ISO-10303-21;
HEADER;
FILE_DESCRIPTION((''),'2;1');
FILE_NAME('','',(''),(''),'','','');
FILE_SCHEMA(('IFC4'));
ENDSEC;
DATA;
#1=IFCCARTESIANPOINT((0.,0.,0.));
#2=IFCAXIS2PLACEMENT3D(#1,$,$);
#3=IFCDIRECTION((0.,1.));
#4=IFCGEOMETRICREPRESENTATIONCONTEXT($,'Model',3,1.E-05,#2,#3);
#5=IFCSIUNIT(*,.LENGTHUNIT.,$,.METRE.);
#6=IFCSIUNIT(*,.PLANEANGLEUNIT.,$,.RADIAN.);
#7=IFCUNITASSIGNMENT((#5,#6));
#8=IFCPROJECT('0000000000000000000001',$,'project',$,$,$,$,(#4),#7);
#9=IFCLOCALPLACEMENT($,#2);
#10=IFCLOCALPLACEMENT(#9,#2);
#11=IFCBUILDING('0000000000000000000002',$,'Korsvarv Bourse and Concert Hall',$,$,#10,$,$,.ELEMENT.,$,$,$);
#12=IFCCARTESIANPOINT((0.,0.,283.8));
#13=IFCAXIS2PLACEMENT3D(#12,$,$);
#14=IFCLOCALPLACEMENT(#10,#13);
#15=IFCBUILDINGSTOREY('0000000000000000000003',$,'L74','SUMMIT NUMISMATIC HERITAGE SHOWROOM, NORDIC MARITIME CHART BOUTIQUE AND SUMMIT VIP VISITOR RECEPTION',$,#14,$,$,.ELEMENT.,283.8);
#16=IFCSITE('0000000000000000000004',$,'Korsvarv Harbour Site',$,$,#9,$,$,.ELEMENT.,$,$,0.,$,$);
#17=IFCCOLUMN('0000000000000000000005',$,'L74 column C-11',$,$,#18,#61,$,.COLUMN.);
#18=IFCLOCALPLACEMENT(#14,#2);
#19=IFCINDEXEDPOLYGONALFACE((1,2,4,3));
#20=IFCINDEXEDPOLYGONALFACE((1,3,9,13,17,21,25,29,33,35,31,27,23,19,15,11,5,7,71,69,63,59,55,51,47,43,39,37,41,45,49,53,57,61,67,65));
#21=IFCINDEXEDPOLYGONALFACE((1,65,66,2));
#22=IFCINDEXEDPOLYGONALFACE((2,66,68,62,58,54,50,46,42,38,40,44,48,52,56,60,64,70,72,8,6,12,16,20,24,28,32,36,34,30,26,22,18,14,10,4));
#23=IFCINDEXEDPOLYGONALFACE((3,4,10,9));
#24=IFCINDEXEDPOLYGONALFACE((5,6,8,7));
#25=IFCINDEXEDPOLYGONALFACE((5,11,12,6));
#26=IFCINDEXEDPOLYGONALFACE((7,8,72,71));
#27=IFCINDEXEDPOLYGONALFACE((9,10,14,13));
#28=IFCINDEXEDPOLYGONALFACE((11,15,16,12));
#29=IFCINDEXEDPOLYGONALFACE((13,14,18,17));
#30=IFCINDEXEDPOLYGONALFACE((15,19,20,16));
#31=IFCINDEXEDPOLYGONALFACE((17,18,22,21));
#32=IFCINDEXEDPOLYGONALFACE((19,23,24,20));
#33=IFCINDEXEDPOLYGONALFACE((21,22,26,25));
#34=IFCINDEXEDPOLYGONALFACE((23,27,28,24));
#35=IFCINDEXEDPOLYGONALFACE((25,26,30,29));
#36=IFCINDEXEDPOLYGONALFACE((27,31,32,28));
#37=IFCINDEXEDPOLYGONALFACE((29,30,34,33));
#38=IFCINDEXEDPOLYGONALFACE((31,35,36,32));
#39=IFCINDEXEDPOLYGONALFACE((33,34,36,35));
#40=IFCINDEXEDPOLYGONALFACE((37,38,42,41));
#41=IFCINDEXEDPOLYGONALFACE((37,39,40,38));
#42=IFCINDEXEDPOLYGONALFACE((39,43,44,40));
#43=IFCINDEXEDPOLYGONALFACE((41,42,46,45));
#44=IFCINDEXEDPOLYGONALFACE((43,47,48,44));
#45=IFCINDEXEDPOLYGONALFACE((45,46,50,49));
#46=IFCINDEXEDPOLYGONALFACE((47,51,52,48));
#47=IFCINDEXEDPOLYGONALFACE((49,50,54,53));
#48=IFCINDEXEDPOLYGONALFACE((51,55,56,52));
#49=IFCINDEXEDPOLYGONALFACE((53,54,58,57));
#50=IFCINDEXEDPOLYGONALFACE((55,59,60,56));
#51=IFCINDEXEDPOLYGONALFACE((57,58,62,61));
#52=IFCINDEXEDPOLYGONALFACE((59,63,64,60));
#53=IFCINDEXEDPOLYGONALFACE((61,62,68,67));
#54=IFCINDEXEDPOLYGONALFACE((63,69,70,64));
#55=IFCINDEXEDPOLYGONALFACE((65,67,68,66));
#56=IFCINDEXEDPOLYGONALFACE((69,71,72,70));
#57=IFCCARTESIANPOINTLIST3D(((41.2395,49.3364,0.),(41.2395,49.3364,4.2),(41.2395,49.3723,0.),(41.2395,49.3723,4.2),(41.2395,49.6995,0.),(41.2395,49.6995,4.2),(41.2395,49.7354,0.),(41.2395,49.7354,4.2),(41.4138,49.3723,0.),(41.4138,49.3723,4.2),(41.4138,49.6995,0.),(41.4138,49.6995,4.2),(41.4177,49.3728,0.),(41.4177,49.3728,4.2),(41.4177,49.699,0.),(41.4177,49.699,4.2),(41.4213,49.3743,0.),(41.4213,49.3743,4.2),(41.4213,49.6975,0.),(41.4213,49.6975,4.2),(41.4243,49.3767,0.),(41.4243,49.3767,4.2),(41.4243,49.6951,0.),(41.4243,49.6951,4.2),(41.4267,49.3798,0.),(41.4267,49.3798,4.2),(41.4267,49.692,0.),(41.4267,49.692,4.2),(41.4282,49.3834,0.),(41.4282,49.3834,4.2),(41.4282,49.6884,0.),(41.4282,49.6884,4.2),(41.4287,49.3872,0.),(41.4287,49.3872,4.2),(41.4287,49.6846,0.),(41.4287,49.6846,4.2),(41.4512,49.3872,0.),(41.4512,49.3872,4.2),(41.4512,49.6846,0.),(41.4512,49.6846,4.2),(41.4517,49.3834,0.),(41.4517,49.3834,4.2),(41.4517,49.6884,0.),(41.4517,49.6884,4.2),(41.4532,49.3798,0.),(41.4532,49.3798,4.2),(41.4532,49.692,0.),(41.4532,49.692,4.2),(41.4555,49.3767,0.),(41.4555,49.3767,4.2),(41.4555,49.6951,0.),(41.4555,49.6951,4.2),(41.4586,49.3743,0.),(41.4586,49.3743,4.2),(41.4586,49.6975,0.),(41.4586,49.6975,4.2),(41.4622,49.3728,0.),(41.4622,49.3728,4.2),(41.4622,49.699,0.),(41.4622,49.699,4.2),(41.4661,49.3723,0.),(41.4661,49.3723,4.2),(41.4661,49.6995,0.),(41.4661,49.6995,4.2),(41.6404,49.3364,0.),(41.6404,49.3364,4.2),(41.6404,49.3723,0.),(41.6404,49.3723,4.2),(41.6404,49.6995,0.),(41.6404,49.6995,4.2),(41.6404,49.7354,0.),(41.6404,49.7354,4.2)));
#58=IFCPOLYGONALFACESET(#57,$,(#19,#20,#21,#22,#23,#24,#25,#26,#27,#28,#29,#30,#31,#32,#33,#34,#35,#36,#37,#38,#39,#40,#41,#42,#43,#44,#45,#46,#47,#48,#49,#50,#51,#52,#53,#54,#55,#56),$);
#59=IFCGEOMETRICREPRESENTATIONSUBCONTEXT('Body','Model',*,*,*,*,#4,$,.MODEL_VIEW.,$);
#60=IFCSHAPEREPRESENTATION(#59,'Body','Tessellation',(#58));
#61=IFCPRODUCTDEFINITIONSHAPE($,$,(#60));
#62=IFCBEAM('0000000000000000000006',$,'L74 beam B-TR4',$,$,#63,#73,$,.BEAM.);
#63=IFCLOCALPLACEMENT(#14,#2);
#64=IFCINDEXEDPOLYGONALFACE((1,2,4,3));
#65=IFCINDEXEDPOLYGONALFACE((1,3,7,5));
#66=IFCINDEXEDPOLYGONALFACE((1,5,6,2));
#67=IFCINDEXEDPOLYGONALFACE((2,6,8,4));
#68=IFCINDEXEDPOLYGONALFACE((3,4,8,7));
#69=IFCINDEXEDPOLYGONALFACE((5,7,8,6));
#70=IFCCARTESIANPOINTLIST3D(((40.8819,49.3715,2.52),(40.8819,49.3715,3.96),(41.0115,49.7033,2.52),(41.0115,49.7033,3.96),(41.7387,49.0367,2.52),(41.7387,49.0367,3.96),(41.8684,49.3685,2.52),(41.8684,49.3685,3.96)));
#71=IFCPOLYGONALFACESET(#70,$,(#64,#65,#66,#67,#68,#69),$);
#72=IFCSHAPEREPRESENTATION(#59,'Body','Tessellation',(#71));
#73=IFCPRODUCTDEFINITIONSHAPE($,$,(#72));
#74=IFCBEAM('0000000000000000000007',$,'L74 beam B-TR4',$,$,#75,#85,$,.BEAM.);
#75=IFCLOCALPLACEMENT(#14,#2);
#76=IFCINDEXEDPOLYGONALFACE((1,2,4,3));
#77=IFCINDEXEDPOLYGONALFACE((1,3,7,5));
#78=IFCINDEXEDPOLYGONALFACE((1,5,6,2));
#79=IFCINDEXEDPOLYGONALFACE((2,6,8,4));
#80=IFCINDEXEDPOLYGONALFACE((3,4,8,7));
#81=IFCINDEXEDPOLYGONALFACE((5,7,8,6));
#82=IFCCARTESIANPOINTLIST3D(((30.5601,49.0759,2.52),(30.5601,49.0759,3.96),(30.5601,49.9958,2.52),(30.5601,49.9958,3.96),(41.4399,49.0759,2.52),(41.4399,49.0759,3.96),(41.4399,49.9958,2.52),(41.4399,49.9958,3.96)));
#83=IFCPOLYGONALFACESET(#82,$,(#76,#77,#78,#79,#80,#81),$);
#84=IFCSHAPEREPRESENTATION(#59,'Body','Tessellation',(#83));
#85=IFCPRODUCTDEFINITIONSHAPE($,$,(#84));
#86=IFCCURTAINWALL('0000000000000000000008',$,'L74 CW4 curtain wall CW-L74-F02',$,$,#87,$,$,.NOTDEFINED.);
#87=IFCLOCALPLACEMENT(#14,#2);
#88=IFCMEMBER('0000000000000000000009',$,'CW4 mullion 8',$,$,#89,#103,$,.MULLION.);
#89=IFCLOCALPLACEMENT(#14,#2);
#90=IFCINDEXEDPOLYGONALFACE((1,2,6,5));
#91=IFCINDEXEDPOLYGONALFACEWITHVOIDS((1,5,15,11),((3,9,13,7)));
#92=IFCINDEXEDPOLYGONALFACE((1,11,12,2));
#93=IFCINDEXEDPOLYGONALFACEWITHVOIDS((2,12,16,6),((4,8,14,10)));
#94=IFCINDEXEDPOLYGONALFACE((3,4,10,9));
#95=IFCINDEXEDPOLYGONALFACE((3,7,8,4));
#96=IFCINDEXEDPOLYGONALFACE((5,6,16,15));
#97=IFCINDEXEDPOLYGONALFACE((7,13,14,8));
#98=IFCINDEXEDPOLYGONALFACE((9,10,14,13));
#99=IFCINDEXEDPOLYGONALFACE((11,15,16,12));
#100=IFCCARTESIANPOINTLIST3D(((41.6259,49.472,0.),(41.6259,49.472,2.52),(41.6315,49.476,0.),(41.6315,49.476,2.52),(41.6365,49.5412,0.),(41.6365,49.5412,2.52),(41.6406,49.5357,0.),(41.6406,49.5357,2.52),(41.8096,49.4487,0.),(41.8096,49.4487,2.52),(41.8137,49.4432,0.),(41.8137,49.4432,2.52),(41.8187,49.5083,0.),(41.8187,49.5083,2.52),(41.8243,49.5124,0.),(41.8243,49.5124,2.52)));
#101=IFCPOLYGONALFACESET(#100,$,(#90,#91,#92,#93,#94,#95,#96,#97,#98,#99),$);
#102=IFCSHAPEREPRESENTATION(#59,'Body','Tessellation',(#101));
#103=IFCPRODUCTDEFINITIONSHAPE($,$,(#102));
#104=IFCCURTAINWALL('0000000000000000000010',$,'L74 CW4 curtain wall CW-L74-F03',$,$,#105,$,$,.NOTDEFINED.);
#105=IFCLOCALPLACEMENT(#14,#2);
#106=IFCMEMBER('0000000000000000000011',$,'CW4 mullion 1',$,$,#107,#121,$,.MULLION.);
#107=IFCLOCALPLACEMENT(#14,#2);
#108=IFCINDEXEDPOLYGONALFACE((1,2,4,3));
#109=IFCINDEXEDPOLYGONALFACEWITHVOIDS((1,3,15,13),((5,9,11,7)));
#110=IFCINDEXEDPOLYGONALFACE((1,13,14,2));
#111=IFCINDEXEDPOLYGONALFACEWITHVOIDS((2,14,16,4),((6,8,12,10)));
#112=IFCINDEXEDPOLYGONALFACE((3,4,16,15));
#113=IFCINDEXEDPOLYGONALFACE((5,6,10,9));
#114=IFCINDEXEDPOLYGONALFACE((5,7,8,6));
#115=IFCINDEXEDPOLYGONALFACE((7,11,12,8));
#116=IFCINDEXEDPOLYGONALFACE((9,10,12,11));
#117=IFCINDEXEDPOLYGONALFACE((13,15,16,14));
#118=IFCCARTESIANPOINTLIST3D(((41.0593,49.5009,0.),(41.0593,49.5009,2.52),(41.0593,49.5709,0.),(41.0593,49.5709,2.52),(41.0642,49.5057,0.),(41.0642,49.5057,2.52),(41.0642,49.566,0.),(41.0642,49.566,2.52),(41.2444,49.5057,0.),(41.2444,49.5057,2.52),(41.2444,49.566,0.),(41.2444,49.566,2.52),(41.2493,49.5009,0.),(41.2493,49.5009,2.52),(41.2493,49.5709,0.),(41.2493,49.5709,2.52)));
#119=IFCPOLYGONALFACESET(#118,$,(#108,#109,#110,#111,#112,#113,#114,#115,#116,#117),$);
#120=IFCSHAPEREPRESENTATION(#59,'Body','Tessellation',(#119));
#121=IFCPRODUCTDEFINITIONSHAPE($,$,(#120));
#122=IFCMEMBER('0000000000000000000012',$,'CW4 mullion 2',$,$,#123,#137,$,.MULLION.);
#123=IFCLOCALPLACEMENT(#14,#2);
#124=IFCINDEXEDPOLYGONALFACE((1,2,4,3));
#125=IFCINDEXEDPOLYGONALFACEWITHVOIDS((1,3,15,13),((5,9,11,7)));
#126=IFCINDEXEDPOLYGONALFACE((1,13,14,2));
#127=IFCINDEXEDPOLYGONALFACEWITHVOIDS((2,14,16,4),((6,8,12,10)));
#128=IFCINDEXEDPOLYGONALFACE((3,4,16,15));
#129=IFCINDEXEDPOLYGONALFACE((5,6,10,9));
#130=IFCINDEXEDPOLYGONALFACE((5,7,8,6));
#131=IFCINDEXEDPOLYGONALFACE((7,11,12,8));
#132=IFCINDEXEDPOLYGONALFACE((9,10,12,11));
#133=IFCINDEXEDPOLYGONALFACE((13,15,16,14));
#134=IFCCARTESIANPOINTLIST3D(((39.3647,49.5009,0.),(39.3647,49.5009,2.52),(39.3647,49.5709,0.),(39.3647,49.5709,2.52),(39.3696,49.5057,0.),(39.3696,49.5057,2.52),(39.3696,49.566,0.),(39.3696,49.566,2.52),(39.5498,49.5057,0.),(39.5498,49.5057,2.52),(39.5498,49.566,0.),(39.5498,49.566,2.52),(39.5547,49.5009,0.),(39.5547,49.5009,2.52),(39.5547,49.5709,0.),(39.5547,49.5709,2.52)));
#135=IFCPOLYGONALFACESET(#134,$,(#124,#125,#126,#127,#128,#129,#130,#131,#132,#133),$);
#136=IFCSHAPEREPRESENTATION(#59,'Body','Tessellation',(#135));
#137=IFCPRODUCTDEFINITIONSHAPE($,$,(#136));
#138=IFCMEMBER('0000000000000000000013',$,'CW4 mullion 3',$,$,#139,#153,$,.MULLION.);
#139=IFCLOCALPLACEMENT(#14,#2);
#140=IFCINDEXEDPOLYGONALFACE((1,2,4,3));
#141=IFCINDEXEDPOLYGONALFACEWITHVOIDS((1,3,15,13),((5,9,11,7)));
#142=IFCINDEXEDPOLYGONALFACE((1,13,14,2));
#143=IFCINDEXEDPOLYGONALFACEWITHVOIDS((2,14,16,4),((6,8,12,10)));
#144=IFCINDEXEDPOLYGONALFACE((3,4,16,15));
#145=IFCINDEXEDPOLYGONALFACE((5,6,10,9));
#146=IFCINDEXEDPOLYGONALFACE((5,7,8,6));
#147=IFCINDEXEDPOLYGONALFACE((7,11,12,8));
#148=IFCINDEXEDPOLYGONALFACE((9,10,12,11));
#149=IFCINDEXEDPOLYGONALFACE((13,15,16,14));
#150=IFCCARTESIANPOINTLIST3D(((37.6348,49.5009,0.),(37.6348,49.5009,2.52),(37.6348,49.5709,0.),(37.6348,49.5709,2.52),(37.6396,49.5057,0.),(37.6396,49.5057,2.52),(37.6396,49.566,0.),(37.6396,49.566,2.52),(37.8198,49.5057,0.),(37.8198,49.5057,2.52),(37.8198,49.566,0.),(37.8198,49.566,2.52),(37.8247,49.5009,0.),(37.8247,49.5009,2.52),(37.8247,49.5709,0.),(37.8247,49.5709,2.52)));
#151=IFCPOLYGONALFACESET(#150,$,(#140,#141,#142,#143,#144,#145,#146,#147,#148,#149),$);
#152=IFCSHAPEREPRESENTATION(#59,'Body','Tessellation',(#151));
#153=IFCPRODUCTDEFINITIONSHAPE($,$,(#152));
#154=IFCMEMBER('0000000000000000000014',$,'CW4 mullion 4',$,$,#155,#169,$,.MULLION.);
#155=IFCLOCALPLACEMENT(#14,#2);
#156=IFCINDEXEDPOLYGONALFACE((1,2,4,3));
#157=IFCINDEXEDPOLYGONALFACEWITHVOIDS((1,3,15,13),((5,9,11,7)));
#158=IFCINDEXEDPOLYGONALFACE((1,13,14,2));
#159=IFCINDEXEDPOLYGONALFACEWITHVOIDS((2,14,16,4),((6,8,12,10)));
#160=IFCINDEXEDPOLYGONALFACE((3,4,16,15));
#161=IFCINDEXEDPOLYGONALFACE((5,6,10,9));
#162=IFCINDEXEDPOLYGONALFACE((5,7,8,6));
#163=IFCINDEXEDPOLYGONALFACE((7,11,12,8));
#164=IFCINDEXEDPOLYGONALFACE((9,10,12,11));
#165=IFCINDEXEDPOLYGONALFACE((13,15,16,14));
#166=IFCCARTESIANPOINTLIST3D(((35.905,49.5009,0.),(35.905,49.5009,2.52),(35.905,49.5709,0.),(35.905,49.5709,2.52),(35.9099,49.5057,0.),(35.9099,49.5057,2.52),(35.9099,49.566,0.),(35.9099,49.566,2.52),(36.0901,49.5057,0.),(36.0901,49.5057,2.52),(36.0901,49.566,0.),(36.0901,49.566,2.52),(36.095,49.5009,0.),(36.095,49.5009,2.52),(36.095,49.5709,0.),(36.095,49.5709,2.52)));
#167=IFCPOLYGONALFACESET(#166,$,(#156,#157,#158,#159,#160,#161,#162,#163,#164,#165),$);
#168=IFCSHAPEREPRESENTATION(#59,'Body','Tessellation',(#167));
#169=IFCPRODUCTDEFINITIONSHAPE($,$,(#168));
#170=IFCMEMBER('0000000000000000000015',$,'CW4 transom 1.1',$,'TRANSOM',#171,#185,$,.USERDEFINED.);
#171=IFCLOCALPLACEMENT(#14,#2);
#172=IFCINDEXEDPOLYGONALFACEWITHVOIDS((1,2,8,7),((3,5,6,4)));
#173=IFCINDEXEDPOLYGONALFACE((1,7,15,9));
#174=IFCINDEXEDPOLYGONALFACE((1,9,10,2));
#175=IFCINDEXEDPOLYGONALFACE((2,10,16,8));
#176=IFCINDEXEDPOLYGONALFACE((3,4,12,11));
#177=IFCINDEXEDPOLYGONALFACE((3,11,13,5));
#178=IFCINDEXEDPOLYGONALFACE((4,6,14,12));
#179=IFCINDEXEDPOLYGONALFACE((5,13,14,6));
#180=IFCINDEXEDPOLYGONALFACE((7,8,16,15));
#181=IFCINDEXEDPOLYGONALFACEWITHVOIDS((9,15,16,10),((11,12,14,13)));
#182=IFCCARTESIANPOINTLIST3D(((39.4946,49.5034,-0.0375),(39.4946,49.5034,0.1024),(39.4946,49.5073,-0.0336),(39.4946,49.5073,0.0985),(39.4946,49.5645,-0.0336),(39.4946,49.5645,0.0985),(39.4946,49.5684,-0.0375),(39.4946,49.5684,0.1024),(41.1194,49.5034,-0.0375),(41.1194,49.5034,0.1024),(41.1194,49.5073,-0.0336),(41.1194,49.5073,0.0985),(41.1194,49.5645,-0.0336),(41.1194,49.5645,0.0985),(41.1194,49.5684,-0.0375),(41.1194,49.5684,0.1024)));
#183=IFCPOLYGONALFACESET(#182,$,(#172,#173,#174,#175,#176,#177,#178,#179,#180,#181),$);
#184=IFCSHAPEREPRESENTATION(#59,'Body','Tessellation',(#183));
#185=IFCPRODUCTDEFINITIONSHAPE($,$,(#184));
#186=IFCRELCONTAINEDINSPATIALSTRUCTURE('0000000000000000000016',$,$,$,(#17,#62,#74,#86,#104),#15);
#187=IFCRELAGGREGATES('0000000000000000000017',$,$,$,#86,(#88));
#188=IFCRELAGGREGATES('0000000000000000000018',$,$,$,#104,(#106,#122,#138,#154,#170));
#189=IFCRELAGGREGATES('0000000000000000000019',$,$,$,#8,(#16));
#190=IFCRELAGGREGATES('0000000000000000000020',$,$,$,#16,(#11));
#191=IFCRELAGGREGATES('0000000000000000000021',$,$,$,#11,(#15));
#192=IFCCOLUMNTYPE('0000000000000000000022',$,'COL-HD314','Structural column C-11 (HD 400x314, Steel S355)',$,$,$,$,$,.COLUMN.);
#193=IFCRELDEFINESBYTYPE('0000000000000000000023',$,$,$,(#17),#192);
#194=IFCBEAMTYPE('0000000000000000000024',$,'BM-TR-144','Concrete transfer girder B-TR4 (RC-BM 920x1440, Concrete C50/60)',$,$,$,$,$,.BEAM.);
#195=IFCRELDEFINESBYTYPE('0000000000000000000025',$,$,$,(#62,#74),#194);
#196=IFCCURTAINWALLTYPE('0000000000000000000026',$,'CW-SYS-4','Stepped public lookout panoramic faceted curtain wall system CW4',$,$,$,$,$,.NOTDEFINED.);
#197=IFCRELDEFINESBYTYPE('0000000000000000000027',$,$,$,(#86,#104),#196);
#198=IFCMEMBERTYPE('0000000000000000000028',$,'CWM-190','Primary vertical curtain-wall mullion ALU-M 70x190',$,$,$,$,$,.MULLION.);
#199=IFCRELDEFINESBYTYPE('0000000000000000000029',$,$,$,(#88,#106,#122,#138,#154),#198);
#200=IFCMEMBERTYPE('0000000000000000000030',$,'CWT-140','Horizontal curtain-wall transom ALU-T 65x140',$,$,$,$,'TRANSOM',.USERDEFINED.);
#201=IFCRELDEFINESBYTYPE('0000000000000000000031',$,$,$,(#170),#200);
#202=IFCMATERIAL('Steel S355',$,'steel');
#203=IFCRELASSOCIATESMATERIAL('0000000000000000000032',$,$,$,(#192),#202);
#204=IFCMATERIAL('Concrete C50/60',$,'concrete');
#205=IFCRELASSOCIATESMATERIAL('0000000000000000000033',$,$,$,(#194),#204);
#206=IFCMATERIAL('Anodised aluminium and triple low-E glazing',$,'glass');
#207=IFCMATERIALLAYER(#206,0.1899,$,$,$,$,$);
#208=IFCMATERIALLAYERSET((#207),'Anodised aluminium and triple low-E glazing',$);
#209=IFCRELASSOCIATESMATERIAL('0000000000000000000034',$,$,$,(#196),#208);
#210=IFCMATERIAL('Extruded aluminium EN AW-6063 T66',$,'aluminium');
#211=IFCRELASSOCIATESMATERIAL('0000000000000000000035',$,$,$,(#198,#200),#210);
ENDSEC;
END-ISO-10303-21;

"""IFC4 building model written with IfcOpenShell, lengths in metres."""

from ifc_helpers import new_model, si_unit, direction, frame, origin, origin_2d, place, context, subcontext, project, spatial, rectangle, hollow_rectangle, i_section, extrude, source, transform, mapped, material, layer, layer_set, material_profile, profile_set, type_object, element, aggregate, save


model = new_model("IFC4")

# Units and contexts
model_context = context("Model", 3, precision=1e-05, world=origin(), true_north=direction((0.0, 1.0)))
body_context = subcontext(model_context, "Body", "Model", "MODEL_VIEW")
ifc_project = project(units=[si_unit("LENGTHUNIT", "METRE"), si_unit("PLANEANGLEUNIT", "RADIAN")], contexts=[model_context])

# Site, building, storey
site_placement = place(None, origin())
site = spatial("IfcSite", under=ifc_project, at=site_placement, Name="Korsvarv Harbour Site", CompositionType="ELEMENT", RefElevation=0.0)
building_placement = place(site_placement, origin())
building = spatial("IfcBuilding", under=site, at=building_placement, Name="Korsvarv Bourse and Concert Hall", CompositionType="ELEMENT")
storey_placement = place(building_placement, frame((0.0, 0.0, 283.8)))
storey = spatial("IfcBuildingStorey", under=building, at=storey_placement, Name="L74", Description="SUMMIT NUMISMATIC HERITAGE SHOWROOM, NORDIC MARITIME CHART BOUTIQUE AND SUMMIT VIP VISITOR RECEPTION", CompositionType="ELEMENT", Elevation=283.8)

# Column
ifc_material_1 = material(Name="Steel S355", Category="steel")
ifc_material_profile_1 = material_profile(ifc_material_1, i_section(OverallWidth=0.4009, OverallDepth=0.3989, WebThickness=0.0225, FlangeThickness=0.0359, FilletRadius=0.0149, at=origin_2d()), Name="HD 400x314")
ifc_profile_set_1 = profile_set([ifc_material_profile_1], Name="Steel S355")
column_type = type_object("IfcColumnType", Name="COL-HD314", Description="Structural column C-11 (HD 400x314, Steel S355)", PredefinedType="COLUMN", material=ifc_profile_set_1)
shared_shape_1 = source(origin(), body_context, "Body", "SweptSolid", [
    extrude(i_section(OverallWidth=0.4009, OverallDepth=0.3989, WebThickness=0.0225, FlangeThickness=0.0359, FilletRadius=0.0149, at=origin_2d()), origin(), (0.0, 0.0, 1.0), 4.2),
])
column_placement = place(storey_placement, frame((41.4399, 49.5359, 0.0), z_axis=(0.0, 0.0, 1.0), x_axis=(1.0, 0.0, 0.0)))
element("IfcColumn", 1, at=column_placement, inside=storey, type_object=column_type, Name="L74 column C-11", PredefinedType="COLUMN", context=body_context, shape_type="MappedRepresentation", body=[
    mapped(shared_shape_1, transform((0.0, 0.0, 0.0), scale=1.0)),
])

# Beams
ifc_material_2 = material(Name="Concrete C50/60", Category="concrete")
ifc_material_profile_2 = material_profile(ifc_material_2, rectangle(XDim=0.9199, YDim=1.4399, at=origin_2d()), Name="RC-BM 920x1440")
ifc_profile_set_2 = profile_set([ifc_material_profile_2], Name="Concrete C50/60")
beam_type = type_object("IfcBeamType", Name="BM-TR-144", Description="Concrete transfer girder B-TR4 (RC-BM 920x1440, Concrete C50/60)", PredefinedType="BEAM", material=ifc_profile_set_2)
shared_shape_2 = source(origin(), body_context, "Body", "SweptSolid", [
    extrude(rectangle(XDim=0.9199, YDim=1.4399, at=origin_2d()), origin(), (0.0, 0.0, 1.0), 0.3562),
])
beam_1_placement = place(storey_placement, frame((41.4399, 49.5359, 3.24), z_axis=(-0.363934, -0.931425, 0.0), x_axis=(0.931425, -0.363934, 0.0)))
element("IfcBeam", 2, at=beam_1_placement, inside=storey, type_object=beam_type, Name="L74 beam B-TR4", PredefinedType="BEAM", context=body_context, shape_type="MappedRepresentation", body=[
    mapped(shared_shape_2, transform((0.0, 0.0, 0.0), scale=1.0)),
])
shared_shape_3 = source(origin(), body_context, "Body", "SweptSolid", [
    extrude(rectangle(XDim=0.9199, YDim=1.4399, at=origin_2d()), origin(), (0.0, 0.0, 1.0), 10.8799),
])
beam_2_placement = place(storey_placement, frame((41.4399, 49.5359, 3.24), z_axis=(-1.0, 0.0, 0.0), x_axis=(0.0, -1.0, 0.0)))
element("IfcBeam", 3, at=beam_2_placement, inside=storey, type_object=beam_type, Name="L74 beam B-TR4", PredefinedType="BEAM", context=body_context, shape_type="MappedRepresentation", body=[
    mapped(shared_shape_3, transform((0.0, 0.0, 0.0), scale=1.0)),
])

# Curtain wall, member
ifc_material_3 = material(Name="Anodised aluminium and triple low-E glazing", Category="glass")
ifc_layer_1 = layer(ifc_material_3, 0.1899)
ifc_layer_set_1 = layer_set([ifc_layer_1], Name="Anodised aluminium and triple low-E glazing")
curtain_wall_type = type_object("IfcCurtainWallType", Name="CW-SYS-4", Description="Stepped public lookout panoramic faceted curtain wall system CW4", PredefinedType="NOTDEFINED", material=ifc_layer_set_1)
curtain_wall_1_placement = place(storey_placement, origin())
curtain_wall_1 = element("IfcCurtainWall", 4, at=curtain_wall_1_placement, inside=storey, type_object=curtain_wall_type, Name="L74 CW4 curtain wall CW-L74-F02", PredefinedType="NOTDEFINED")
ifc_material_4 = material(Name="Extruded aluminium EN AW-6063 T66", Category="aluminium")
ifc_material_profile_3 = material_profile(ifc_material_4, hollow_rectangle(XDim=0.0701, YDim=0.1899, WallThickness=0.0049, at=origin_2d()), Name="ALU-M 70x190")
ifc_profile_set_3 = profile_set([ifc_material_profile_3], Name="Extruded aluminium EN AW-6063 T66")
member_type_1 = type_object("IfcMemberType", Name="CWM-190", Description="Primary vertical curtain-wall mullion ALU-M 70x190", PredefinedType="MULLION", material=ifc_profile_set_3)
shared_shape_4 = source(origin(), body_context, "Body", "SweptSolid", [
    extrude(hollow_rectangle(XDim=0.0701, YDim=0.1899, WallThickness=0.0049, at=origin_2d()), origin(), (0.0, 0.0, 1.0), 2.52),
])
member_1_placement = place(storey_placement, frame((41.7251, 49.4922, 0.0), z_axis=(0.0, 0.0, 1.0), x_axis=(-0.151631, -0.988437, 0.0)))
member_1 = element("IfcMember", 5, at=member_1_placement, type_object=member_type_1, Name="CW4 mullion 8", PredefinedType="MULLION", context=body_context, shape_type="MappedRepresentation", body=[
    mapped(shared_shape_4, transform((0.0, 0.0, 0.0), scale=1.0)),
])

# Curtain wall, members
curtain_wall_2_placement = place(storey_placement, origin())
curtain_wall_2 = element("IfcCurtainWall", 6, at=curtain_wall_2_placement, inside=storey, type_object=curtain_wall_type, Name="L74 CW4 curtain wall CW-L74-F03", PredefinedType="NOTDEFINED")
member_2_placement = place(storey_placement, frame((41.1543, 49.5359, 0.0), z_axis=(0.0, 0.0, 1.0), x_axis=(0.0, -1.0, 0.0)))
member_2 = element("IfcMember", 7, at=member_2_placement, type_object=member_type_1, Name="CW4 mullion 1", PredefinedType="MULLION", context=body_context, shape_type="MappedRepresentation", body=[
    mapped(shared_shape_4, transform((0.0, 0.0, 0.0), scale=1.0)),
])
member_3_placement = place(storey_placement, frame((39.4597, 49.5359, 0.0), z_axis=(0.0, 0.0, 1.0), x_axis=(0.0, -1.0, 0.0)))
member_3 = element("IfcMember", 8, at=member_3_placement, type_object=member_type_1, Name="CW4 mullion 2", PredefinedType="MULLION", context=body_context, shape_type="MappedRepresentation", body=[
    mapped(shared_shape_4, transform((0.0, 0.0, 0.0), scale=1.0)),
])
member_4_placement = place(storey_placement, frame((37.7297, 49.5359, 0.0), z_axis=(0.0, 0.0, 1.0), x_axis=(0.0, -1.0, 0.0)))
member_4 = element("IfcMember", 9, at=member_4_placement, type_object=member_type_1, Name="CW4 mullion 3", PredefinedType="MULLION", context=body_context, shape_type="MappedRepresentation", body=[
    mapped(shared_shape_4, transform((0.0, 0.0, 0.0), scale=1.0)),
])
member_5_placement = place(storey_placement, frame((36.0, 49.5359, 0.0), z_axis=(0.0, 0.0, 1.0), x_axis=(0.0, -1.0, 0.0)))
member_5 = element("IfcMember", 10, at=member_5_placement, type_object=member_type_1, Name="CW4 mullion 4", PredefinedType="MULLION", context=body_context, shape_type="MappedRepresentation", body=[
    mapped(shared_shape_4, transform((0.0, 0.0, 0.0), scale=1.0)),
])
ifc_material_profile_4 = material_profile(ifc_material_4, hollow_rectangle(XDim=0.0649, YDim=0.1399, WallThickness=0.0039, at=origin_2d()), Name="ALU-T 65x140")
ifc_profile_set_4 = profile_set([ifc_material_profile_4], Name="Extruded aluminium EN AW-6063 T66")
member_type_2 = type_object("IfcMemberType", Name="CWT-140", Description="Horizontal curtain-wall transom ALU-T 65x140", ElementType="TRANSOM", PredefinedType="USERDEFINED", material=ifc_profile_set_4)
shared_shape_5 = source(origin(), body_context, "Body", "SweptSolid", [
    extrude(hollow_rectangle(XDim=0.0649, YDim=0.1399, WallThickness=0.0039, at=origin_2d()), origin(), (0.0, 0.0, 1.0), 1.6248),
])
member_6_placement = place(storey_placement, frame((41.1194, 49.5359, 0.0325), z_axis=(-1.0, 0.0, 0.0), x_axis=(0.0, -1.0, 0.0)))
member_6 = element("IfcMember", 11, at=member_6_placement, type_object=member_type_2, Name="CW4 transom 1.1", ObjectType="TRANSOM", PredefinedType="USERDEFINED", context=body_context, shape_type="MappedRepresentation", body=[
    mapped(shared_shape_5, transform((0.0, 0.0, 0.0), scale=1.0)),
])

aggregate(curtain_wall_1, [member_1])
aggregate(curtain_wall_2, [member_2, member_3, member_4, member_5, member_6])

save(model, "model.ifc")
